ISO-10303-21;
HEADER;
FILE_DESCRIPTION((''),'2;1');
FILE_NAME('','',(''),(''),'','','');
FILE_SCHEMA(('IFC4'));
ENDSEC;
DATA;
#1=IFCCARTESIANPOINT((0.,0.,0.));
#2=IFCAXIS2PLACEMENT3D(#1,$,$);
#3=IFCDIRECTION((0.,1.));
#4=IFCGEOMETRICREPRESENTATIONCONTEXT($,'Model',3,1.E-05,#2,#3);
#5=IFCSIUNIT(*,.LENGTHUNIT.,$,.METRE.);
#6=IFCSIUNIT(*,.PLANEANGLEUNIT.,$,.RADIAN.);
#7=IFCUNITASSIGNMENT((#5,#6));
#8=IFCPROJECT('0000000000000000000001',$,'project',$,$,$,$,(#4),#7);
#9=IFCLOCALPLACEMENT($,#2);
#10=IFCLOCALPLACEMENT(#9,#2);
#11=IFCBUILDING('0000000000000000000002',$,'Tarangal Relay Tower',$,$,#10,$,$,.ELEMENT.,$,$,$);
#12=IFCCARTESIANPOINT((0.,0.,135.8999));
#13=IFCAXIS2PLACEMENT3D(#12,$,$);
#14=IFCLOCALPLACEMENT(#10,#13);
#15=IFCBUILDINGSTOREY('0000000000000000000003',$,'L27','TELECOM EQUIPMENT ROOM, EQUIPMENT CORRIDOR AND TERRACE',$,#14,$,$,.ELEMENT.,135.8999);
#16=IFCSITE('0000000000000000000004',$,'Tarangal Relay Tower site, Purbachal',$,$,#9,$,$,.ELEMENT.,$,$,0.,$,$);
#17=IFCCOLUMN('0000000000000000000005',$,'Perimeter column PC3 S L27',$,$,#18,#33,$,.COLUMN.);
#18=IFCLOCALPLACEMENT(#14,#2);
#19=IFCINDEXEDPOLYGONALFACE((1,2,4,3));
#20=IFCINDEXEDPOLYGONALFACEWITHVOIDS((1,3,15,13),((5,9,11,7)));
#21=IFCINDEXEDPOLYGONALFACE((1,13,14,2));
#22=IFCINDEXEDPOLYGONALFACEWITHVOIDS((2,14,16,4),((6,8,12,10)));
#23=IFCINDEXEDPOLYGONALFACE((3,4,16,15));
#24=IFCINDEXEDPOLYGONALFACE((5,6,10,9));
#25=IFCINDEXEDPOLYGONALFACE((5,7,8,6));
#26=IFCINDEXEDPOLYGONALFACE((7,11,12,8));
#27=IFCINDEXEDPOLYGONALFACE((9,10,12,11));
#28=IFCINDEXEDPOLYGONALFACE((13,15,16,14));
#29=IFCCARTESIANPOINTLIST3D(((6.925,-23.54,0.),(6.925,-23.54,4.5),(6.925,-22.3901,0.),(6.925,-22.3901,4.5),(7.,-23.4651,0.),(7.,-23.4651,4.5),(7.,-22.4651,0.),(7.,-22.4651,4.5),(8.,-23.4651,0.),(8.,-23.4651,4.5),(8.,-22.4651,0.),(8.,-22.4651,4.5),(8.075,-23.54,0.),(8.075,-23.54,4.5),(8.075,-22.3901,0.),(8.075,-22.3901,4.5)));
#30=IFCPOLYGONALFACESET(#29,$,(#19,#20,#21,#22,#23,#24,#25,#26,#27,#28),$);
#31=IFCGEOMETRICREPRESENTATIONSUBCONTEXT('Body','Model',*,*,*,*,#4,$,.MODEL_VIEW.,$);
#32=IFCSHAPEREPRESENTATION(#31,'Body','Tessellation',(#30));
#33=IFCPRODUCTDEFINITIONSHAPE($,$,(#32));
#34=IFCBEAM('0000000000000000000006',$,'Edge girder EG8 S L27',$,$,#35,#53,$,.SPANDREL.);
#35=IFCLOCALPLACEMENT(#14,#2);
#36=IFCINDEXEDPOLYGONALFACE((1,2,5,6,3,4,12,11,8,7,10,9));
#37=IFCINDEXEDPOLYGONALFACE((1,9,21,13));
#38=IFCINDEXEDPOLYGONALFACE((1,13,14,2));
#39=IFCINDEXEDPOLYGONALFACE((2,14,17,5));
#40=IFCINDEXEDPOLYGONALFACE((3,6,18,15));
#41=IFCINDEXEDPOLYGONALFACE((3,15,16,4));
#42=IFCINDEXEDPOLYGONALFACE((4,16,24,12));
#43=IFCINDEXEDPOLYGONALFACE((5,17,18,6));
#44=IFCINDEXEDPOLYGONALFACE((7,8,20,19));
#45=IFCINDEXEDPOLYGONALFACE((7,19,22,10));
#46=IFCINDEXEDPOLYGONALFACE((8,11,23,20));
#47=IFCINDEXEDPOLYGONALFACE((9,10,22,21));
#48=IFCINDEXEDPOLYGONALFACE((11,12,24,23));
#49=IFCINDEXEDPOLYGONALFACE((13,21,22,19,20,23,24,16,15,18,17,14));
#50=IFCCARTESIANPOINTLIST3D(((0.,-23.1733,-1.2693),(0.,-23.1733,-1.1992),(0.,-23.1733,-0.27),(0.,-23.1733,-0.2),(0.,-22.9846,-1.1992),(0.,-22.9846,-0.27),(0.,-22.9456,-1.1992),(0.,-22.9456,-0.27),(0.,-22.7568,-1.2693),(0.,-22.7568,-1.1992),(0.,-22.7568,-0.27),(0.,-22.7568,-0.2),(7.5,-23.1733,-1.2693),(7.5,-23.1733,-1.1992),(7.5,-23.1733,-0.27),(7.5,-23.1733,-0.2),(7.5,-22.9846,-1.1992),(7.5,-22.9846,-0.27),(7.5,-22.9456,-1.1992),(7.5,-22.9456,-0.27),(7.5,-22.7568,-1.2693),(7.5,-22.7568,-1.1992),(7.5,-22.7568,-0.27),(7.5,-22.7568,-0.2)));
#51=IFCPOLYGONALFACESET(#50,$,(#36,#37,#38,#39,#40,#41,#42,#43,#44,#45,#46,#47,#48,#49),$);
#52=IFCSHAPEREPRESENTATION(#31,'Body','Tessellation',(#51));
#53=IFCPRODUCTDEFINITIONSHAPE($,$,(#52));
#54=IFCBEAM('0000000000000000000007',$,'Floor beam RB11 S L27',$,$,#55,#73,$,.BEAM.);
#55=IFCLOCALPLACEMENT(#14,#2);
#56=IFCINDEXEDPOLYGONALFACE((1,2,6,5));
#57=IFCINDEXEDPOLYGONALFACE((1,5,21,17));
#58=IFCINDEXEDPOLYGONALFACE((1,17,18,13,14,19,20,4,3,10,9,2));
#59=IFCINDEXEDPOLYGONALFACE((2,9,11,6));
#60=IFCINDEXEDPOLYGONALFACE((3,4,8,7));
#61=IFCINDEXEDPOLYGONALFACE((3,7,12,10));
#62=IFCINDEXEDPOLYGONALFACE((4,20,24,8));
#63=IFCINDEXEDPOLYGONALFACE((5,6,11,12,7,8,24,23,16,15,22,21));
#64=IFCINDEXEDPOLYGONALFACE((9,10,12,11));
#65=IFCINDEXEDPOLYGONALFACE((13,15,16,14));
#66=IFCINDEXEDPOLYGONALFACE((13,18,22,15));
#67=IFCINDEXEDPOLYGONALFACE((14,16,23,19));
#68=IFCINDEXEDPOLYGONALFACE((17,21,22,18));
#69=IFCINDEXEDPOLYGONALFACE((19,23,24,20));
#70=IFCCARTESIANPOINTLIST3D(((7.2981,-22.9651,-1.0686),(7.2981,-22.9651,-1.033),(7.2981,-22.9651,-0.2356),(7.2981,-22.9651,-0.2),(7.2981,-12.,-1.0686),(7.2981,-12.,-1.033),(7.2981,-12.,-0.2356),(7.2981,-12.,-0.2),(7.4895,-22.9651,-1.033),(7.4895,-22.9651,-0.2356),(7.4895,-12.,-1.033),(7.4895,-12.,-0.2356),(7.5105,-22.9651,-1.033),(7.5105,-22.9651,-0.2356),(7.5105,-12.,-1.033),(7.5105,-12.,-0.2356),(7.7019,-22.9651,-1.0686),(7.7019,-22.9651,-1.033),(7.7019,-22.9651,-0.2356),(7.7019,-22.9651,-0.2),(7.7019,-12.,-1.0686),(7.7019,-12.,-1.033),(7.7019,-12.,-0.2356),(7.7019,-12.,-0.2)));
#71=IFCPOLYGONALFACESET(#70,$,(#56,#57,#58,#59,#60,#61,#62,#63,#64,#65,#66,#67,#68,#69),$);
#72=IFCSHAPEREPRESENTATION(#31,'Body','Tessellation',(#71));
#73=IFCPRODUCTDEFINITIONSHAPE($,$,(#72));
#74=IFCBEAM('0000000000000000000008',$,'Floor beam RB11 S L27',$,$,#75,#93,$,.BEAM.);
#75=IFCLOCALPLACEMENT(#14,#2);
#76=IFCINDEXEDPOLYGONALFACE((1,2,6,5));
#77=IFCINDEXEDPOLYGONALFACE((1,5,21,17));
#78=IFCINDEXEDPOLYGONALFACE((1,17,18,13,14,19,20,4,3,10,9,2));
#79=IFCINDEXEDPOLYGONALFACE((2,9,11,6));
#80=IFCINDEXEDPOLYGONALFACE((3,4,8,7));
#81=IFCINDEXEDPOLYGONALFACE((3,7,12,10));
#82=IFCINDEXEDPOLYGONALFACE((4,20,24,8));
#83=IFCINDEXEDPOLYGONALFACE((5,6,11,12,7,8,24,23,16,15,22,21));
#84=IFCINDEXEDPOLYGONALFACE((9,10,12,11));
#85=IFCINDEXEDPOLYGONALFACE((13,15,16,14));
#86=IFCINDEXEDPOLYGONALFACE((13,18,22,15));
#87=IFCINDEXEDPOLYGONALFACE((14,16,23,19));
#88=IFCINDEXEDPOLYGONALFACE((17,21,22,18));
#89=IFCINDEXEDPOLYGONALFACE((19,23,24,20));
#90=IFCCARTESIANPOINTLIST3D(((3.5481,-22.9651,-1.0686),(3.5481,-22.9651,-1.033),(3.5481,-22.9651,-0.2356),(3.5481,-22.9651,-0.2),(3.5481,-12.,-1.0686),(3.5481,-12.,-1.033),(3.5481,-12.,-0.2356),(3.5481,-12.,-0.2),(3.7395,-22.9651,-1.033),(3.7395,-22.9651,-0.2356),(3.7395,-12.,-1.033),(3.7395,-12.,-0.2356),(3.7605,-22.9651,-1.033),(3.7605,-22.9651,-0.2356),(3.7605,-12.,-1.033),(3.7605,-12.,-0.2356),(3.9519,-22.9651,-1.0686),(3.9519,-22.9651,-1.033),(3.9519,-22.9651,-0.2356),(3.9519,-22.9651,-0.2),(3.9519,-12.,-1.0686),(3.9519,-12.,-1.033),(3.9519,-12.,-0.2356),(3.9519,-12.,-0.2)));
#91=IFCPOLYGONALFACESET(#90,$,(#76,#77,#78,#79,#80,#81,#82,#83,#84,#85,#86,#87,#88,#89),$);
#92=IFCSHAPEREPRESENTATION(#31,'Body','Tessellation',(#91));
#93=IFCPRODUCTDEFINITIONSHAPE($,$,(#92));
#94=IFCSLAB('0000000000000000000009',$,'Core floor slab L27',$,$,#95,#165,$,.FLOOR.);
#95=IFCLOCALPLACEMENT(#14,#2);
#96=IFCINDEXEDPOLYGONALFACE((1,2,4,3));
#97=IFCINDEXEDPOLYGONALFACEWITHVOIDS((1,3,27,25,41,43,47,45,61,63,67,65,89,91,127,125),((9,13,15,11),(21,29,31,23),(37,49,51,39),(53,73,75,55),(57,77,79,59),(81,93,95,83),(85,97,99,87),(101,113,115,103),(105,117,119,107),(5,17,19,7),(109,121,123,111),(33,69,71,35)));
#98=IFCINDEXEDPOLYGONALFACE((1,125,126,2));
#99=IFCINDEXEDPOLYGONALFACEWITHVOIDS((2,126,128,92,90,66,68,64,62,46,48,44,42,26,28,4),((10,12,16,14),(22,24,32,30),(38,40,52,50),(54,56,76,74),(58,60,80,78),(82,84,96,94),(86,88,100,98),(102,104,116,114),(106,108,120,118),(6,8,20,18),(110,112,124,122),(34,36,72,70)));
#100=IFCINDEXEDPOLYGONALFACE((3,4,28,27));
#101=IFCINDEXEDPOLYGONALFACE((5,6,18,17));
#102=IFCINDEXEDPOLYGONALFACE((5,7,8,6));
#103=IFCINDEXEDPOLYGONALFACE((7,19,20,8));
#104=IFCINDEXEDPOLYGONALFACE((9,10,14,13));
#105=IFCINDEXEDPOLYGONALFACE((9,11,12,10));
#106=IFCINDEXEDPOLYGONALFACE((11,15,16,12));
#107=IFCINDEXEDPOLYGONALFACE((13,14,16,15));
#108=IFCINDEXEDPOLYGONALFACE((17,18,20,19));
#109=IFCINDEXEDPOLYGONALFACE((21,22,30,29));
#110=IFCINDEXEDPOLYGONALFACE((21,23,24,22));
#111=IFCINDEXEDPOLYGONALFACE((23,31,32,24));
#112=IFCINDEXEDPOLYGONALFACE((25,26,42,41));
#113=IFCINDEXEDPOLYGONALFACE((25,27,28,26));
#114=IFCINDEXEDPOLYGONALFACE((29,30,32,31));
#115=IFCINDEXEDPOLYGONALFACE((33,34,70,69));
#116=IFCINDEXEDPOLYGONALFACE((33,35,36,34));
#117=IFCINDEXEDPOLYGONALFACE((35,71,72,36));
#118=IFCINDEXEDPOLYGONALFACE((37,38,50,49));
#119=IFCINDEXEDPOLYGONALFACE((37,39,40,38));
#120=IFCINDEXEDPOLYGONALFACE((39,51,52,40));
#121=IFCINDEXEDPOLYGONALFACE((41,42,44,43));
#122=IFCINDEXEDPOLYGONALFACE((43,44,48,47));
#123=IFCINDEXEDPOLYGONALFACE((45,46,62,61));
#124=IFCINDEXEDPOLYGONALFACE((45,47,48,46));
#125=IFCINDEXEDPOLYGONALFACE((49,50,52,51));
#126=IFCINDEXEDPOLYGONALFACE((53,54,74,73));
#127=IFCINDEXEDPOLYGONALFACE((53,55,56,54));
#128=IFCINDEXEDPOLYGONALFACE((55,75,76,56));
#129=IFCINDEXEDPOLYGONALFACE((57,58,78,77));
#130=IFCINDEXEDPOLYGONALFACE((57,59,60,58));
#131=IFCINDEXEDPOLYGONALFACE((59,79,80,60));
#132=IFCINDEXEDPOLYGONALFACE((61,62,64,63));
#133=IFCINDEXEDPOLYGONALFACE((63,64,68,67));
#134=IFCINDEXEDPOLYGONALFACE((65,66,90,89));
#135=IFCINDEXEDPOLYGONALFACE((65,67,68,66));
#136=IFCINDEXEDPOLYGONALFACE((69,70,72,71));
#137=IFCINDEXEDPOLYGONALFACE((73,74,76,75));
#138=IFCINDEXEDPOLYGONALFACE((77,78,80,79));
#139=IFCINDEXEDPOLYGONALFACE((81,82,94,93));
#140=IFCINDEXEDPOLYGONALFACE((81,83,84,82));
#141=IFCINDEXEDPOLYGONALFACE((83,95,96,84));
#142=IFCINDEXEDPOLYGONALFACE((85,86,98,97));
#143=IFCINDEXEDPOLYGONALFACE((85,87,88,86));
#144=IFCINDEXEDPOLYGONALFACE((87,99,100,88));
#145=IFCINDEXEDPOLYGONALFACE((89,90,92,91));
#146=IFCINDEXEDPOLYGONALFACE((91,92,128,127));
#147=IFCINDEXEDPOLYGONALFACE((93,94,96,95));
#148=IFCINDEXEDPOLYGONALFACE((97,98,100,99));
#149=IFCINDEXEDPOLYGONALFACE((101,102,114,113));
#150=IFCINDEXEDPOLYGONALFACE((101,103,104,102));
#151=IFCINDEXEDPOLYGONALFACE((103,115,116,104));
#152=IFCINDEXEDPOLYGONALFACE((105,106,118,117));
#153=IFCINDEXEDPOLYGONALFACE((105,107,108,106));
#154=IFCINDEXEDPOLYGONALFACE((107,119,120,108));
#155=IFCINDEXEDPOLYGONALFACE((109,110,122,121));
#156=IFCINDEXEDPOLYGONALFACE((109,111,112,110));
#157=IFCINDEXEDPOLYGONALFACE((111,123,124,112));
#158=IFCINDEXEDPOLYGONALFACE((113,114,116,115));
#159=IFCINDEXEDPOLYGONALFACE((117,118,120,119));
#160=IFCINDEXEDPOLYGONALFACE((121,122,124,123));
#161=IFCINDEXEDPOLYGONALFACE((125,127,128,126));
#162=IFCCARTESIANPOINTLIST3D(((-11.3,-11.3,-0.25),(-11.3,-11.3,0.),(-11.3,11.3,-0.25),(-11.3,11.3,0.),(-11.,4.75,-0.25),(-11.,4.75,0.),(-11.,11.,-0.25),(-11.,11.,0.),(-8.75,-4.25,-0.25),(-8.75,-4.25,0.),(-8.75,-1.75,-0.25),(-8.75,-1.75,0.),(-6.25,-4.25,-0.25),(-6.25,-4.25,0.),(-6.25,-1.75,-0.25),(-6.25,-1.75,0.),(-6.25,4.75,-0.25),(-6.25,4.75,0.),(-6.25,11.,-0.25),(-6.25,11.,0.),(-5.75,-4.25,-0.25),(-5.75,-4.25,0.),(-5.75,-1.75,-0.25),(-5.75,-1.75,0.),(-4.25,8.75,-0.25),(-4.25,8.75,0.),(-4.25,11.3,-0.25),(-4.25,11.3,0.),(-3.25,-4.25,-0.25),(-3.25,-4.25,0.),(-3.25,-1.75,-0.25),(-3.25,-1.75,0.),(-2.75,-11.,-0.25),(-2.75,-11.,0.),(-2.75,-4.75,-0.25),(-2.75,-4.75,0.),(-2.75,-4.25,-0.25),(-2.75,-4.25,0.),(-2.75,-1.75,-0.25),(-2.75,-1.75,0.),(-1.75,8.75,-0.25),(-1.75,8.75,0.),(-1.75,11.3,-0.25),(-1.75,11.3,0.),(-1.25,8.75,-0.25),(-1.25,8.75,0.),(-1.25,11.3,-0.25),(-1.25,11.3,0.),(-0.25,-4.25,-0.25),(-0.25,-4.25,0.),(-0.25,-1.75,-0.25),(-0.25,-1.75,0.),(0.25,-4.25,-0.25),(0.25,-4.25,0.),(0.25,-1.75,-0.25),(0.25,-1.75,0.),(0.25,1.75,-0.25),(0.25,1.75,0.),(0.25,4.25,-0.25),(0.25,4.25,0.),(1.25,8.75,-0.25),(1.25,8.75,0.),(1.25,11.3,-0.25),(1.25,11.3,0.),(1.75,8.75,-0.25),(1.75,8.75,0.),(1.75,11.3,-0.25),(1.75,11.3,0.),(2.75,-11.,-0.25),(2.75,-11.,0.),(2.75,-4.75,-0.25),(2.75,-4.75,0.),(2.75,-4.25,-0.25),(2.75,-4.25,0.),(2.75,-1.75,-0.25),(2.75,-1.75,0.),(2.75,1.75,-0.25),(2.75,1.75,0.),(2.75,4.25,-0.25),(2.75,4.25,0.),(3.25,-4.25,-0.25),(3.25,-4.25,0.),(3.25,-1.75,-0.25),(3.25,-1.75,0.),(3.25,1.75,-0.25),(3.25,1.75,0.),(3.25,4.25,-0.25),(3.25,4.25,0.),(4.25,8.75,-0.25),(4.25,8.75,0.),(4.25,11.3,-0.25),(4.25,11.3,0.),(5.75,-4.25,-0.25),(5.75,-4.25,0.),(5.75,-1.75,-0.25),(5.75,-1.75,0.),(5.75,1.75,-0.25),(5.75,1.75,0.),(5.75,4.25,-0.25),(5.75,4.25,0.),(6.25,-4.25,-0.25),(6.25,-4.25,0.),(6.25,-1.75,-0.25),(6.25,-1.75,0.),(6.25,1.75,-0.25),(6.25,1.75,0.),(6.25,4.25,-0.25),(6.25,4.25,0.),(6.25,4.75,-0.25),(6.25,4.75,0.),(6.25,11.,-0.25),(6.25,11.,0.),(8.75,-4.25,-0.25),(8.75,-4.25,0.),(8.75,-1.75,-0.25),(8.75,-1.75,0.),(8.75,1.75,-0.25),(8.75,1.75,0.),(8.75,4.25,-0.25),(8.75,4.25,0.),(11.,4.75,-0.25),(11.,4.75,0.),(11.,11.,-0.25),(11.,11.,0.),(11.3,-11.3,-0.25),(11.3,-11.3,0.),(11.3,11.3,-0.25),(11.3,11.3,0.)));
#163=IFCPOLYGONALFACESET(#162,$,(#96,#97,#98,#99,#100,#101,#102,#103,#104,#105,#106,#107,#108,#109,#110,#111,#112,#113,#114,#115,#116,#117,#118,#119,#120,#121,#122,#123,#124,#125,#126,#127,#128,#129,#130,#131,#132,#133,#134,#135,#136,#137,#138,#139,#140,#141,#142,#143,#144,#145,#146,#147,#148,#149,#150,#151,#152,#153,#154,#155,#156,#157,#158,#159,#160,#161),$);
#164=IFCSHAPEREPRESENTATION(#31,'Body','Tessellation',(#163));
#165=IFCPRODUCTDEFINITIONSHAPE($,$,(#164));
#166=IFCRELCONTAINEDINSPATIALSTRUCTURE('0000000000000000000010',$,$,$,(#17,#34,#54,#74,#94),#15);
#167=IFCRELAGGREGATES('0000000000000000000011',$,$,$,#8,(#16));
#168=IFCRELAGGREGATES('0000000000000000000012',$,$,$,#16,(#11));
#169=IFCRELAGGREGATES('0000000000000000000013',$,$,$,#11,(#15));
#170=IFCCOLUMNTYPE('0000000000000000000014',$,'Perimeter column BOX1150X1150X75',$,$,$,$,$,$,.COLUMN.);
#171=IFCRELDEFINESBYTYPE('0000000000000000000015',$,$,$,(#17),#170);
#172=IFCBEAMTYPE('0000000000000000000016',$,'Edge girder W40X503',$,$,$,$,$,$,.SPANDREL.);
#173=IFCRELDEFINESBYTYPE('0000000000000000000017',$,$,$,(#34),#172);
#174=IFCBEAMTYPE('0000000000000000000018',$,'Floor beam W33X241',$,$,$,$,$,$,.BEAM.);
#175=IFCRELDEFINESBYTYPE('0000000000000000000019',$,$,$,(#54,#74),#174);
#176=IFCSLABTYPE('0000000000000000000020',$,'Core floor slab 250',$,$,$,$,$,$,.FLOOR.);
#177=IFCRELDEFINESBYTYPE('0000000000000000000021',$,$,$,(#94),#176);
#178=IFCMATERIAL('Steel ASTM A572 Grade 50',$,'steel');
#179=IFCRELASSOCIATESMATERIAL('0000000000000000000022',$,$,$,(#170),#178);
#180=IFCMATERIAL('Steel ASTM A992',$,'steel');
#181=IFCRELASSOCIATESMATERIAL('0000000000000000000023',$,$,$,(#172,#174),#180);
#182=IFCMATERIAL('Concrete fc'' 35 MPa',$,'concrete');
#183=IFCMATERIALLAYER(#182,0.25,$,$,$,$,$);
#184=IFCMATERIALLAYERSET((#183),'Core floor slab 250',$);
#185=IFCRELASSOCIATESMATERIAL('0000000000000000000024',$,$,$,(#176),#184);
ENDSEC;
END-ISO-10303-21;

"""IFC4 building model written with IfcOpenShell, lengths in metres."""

from ifc_helpers import new_model, si_unit, direction, frame, origin, origin_2d, place, context, subcontext, project, spatial, polyline, hollow_rectangle, i_section, outline, extrude, material, layer, layer_set, material_profile, profile_set, type_object, element, save


model = new_model("IFC4")

# Units and contexts
model_context = context("Model", 3, precision=1e-05, world=origin(), true_north=direction((0.0, 1.0)))
body_context = subcontext(model_context, "Body", "Model", "MODEL_VIEW")
ifc_project = project(units=[si_unit("LENGTHUNIT", "METRE"), si_unit("PLANEANGLEUNIT", "RADIAN")], contexts=[model_context])

# Site, building, storey
site_placement = place(None, origin())
site = spatial("IfcSite", under=ifc_project, at=site_placement, Name="Tarangal Relay Tower site, Purbachal", CompositionType="ELEMENT", RefElevation=0.0)
building_placement = place(site_placement, origin())
building = spatial("IfcBuilding", under=site, at=building_placement, Name="Tarangal Relay Tower", CompositionType="ELEMENT")
storey_placement = place(building_placement, frame((0.0, 0.0, 135.8999)))
storey = spatial("IfcBuildingStorey", under=building, at=storey_placement, Name="L27", Description="TELECOM EQUIPMENT ROOM, EQUIPMENT CORRIDOR AND TERRACE", CompositionType="ELEMENT", Elevation=135.8999)

# Column
ifc_material_1 = material(Name="Steel ASTM A572 Grade 50", Category="steel")
ifc_material_profile_1 = material_profile(ifc_material_1, hollow_rectangle(XDim=1.1499, YDim=1.1499, WallThickness=0.075, at=origin_2d()), Name="BOX1150X1150X75")
ifc_profile_set_1 = profile_set([ifc_material_profile_1], Name="Steel ASTM A572 Grade 50")
column_type = type_object("IfcColumnType", Name="Perimeter column BOX1150X1150X75", PredefinedType="COLUMN", material=ifc_profile_set_1)
column_placement = place(storey_placement, frame((7.5, -22.9651, 0.0), z_axis=(0.0, 0.0, 1.0), x_axis=(1.0, 0.0, 0.0)))
element("IfcColumn", 1, at=column_placement, inside=storey, type_object=column_type, Name="Perimeter column PC3 S L27", PredefinedType="COLUMN", context=body_context, shape_type="SweptSolid", body=[
    extrude(hollow_rectangle(XDim=1.1499, YDim=1.1499, WallThickness=0.075, at=origin_2d()), origin(), (0.0, 0.0, 1.0), 4.5),
])

# Beams
ifc_material_2 = material(Name="Steel ASTM A992", Category="steel")
ifc_material_profile_2 = material_profile(ifc_material_2, i_section(OverallWidth=0.4165, OverallDepth=1.0693, WebThickness=0.0391, FlangeThickness=0.0701, at=origin_2d()), Name="W40X503")
ifc_profile_set_2 = profile_set([ifc_material_profile_2], Name="Steel ASTM A992")
beam_type_1 = type_object("IfcBeamType", Name="Edge girder W40X503", PredefinedType="SPANDREL", material=ifc_profile_set_2)
beam_placement = place(storey_placement, frame((7.5, -22.9651, -0.7346), z_axis=(-1.0, 0.0, 0.0), x_axis=(0.0, -1.0, 0.0)))
element("IfcBeam", 2, at=beam_placement, inside=storey, type_object=beam_type_1, Name="Edge girder EG8 S L27", PredefinedType="SPANDREL", context=body_context, shape_type="SweptSolid", body=[
    extrude(i_section(OverallWidth=0.4165, OverallDepth=1.0693, WebThickness=0.0391, FlangeThickness=0.0701, at=origin_2d()), origin(), (0.0, 0.0, 1.0), 7.5),
])
ifc_material_profile_3 = material_profile(ifc_material_2, i_section(OverallWidth=0.4038, OverallDepth=0.8687, WebThickness=0.021, FlangeThickness=0.0356, at=origin_2d()), Name="W33X241")
ifc_profile_set_3 = profile_set([ifc_material_profile_3], Name="Steel ASTM A992")
beam_type_2 = type_object("IfcBeamType", Name="Floor beam W33X241", PredefinedType="BEAM", material=ifc_profile_set_3)
for number, where, z_axis, x_axis, name in (
    (3, (7.5, -12.0, -0.6343), (0.0, -1.0, 0.0), (1.0, 0.0, 0.0), "Floor beam RB11 S L27"),
    (4, (3.75, -12.0, -0.6343), (0.0, -1.0, 0.0), (1.0, 0.0, 0.0), "Floor beam RB11 S L27"),
):
    element("IfcBeam", number, at=place(storey_placement, frame(where, z_axis=z_axis, x_axis=x_axis)), inside=storey, type_object=beam_type_2, Name=name, PredefinedType="BEAM", context=body_context, shape_type="SweptSolid", body=[
        extrude(i_section(OverallWidth=0.4038, OverallDepth=0.8687, WebThickness=0.021, FlangeThickness=0.0356, at=origin_2d()), origin(), (0.0, 0.0, 1.0), 10.9651),
    ])

# Slab
ifc_material_3 = material(Name="Concrete fc' 35 MPa", Category="concrete")
ifc_layer_1 = layer(ifc_material_3, 0.25)
ifc_layer_set_1 = layer_set([ifc_layer_1], Name="Core floor slab 250")
slab_type_1 = type_object("IfcSlabType", Name="Core floor slab 250", PredefinedType="FLOOR", material=ifc_layer_set_1)
slab_1_placement = place(storey_placement, frame((0.0, 0.0, -0.25)))
element("IfcSlab", 5, at=slab_1_placement, inside=storey, type_object=slab_type_1, Name="Core floor slab L27", PredefinedType="FLOOR", context=body_context, shape_type="SweptSolid", body=[
    extrude(outline(polyline([(11.3, 11.3), (11.3, -11.3), (-11.3, -11.3), (-11.3, 11.3), (-4.25, 11.3), (-4.25, 8.75), (-1.75, 8.75), (-1.75, 11.3), (-1.25, 11.3), (-1.25, 8.75), (1.25, 8.75), (1.25, 11.3), (1.75, 11.3), (1.75, 8.75), (4.25, 8.75), (4.25, 11.3), (11.3, 11.3)]), holes=[polyline([(2.75, -4.75), (-2.75, -4.75), (-2.75, -11.0), (2.75, -11.0), (2.75, -4.75)]), polyline([(-6.25, -4.25), (-6.25, -1.75), (-8.75, -1.75), (-8.75, -4.25), (-6.25, -4.25)]), polyline([(-3.25, -4.25), (-3.25, -1.75), (-5.75, -1.75), (-5.75, -4.25), (-3.25, -4.25)]), polyline([(-0.25, -4.25), (-0.25, -1.75), (-2.75, -1.75), (-2.75, -4.25), (-0.25, -4.25)]), polyline([(2.75, 1.75), (2.75, 4.25), (0.25, 4.25), (0.25, 1.75), (2.75, 1.75)]), polyline([(-6.25, 4.75), (-6.25, 11.0), (-11.0, 11.0), (-11.0, 4.75), (-6.25, 4.75)]), polyline([(2.75, -4.25), (2.75, -1.75), (0.25, -1.75), (0.25, -4.25), (2.75, -4.25)]), polyline([(5.75, -4.25), (5.75, -1.75), (3.25, -1.75), (3.25, -4.25), (5.75, -4.25)]), polyline([(8.75, -4.25), (8.75, -1.75), (6.25, -1.75), (6.25, -4.25), (8.75, -4.25)]), polyline([(5.75, 1.75), (5.75, 4.25), (3.25, 4.25), (3.25, 1.75), (5.75, 1.75)]), polyline([(8.75, 1.75), (8.75, 4.25), (6.25, 4.25), (6.25, 1.75), (8.75, 1.75)]), polyline([(11.0, 4.75), (11.0, 11.0), (6.25, 11.0), (6.25, 4.75), (11.0, 4.75)])]), origin(), (0.0, 0.0, 1.0), 0.25),
])

save(model, "model.ifc")
